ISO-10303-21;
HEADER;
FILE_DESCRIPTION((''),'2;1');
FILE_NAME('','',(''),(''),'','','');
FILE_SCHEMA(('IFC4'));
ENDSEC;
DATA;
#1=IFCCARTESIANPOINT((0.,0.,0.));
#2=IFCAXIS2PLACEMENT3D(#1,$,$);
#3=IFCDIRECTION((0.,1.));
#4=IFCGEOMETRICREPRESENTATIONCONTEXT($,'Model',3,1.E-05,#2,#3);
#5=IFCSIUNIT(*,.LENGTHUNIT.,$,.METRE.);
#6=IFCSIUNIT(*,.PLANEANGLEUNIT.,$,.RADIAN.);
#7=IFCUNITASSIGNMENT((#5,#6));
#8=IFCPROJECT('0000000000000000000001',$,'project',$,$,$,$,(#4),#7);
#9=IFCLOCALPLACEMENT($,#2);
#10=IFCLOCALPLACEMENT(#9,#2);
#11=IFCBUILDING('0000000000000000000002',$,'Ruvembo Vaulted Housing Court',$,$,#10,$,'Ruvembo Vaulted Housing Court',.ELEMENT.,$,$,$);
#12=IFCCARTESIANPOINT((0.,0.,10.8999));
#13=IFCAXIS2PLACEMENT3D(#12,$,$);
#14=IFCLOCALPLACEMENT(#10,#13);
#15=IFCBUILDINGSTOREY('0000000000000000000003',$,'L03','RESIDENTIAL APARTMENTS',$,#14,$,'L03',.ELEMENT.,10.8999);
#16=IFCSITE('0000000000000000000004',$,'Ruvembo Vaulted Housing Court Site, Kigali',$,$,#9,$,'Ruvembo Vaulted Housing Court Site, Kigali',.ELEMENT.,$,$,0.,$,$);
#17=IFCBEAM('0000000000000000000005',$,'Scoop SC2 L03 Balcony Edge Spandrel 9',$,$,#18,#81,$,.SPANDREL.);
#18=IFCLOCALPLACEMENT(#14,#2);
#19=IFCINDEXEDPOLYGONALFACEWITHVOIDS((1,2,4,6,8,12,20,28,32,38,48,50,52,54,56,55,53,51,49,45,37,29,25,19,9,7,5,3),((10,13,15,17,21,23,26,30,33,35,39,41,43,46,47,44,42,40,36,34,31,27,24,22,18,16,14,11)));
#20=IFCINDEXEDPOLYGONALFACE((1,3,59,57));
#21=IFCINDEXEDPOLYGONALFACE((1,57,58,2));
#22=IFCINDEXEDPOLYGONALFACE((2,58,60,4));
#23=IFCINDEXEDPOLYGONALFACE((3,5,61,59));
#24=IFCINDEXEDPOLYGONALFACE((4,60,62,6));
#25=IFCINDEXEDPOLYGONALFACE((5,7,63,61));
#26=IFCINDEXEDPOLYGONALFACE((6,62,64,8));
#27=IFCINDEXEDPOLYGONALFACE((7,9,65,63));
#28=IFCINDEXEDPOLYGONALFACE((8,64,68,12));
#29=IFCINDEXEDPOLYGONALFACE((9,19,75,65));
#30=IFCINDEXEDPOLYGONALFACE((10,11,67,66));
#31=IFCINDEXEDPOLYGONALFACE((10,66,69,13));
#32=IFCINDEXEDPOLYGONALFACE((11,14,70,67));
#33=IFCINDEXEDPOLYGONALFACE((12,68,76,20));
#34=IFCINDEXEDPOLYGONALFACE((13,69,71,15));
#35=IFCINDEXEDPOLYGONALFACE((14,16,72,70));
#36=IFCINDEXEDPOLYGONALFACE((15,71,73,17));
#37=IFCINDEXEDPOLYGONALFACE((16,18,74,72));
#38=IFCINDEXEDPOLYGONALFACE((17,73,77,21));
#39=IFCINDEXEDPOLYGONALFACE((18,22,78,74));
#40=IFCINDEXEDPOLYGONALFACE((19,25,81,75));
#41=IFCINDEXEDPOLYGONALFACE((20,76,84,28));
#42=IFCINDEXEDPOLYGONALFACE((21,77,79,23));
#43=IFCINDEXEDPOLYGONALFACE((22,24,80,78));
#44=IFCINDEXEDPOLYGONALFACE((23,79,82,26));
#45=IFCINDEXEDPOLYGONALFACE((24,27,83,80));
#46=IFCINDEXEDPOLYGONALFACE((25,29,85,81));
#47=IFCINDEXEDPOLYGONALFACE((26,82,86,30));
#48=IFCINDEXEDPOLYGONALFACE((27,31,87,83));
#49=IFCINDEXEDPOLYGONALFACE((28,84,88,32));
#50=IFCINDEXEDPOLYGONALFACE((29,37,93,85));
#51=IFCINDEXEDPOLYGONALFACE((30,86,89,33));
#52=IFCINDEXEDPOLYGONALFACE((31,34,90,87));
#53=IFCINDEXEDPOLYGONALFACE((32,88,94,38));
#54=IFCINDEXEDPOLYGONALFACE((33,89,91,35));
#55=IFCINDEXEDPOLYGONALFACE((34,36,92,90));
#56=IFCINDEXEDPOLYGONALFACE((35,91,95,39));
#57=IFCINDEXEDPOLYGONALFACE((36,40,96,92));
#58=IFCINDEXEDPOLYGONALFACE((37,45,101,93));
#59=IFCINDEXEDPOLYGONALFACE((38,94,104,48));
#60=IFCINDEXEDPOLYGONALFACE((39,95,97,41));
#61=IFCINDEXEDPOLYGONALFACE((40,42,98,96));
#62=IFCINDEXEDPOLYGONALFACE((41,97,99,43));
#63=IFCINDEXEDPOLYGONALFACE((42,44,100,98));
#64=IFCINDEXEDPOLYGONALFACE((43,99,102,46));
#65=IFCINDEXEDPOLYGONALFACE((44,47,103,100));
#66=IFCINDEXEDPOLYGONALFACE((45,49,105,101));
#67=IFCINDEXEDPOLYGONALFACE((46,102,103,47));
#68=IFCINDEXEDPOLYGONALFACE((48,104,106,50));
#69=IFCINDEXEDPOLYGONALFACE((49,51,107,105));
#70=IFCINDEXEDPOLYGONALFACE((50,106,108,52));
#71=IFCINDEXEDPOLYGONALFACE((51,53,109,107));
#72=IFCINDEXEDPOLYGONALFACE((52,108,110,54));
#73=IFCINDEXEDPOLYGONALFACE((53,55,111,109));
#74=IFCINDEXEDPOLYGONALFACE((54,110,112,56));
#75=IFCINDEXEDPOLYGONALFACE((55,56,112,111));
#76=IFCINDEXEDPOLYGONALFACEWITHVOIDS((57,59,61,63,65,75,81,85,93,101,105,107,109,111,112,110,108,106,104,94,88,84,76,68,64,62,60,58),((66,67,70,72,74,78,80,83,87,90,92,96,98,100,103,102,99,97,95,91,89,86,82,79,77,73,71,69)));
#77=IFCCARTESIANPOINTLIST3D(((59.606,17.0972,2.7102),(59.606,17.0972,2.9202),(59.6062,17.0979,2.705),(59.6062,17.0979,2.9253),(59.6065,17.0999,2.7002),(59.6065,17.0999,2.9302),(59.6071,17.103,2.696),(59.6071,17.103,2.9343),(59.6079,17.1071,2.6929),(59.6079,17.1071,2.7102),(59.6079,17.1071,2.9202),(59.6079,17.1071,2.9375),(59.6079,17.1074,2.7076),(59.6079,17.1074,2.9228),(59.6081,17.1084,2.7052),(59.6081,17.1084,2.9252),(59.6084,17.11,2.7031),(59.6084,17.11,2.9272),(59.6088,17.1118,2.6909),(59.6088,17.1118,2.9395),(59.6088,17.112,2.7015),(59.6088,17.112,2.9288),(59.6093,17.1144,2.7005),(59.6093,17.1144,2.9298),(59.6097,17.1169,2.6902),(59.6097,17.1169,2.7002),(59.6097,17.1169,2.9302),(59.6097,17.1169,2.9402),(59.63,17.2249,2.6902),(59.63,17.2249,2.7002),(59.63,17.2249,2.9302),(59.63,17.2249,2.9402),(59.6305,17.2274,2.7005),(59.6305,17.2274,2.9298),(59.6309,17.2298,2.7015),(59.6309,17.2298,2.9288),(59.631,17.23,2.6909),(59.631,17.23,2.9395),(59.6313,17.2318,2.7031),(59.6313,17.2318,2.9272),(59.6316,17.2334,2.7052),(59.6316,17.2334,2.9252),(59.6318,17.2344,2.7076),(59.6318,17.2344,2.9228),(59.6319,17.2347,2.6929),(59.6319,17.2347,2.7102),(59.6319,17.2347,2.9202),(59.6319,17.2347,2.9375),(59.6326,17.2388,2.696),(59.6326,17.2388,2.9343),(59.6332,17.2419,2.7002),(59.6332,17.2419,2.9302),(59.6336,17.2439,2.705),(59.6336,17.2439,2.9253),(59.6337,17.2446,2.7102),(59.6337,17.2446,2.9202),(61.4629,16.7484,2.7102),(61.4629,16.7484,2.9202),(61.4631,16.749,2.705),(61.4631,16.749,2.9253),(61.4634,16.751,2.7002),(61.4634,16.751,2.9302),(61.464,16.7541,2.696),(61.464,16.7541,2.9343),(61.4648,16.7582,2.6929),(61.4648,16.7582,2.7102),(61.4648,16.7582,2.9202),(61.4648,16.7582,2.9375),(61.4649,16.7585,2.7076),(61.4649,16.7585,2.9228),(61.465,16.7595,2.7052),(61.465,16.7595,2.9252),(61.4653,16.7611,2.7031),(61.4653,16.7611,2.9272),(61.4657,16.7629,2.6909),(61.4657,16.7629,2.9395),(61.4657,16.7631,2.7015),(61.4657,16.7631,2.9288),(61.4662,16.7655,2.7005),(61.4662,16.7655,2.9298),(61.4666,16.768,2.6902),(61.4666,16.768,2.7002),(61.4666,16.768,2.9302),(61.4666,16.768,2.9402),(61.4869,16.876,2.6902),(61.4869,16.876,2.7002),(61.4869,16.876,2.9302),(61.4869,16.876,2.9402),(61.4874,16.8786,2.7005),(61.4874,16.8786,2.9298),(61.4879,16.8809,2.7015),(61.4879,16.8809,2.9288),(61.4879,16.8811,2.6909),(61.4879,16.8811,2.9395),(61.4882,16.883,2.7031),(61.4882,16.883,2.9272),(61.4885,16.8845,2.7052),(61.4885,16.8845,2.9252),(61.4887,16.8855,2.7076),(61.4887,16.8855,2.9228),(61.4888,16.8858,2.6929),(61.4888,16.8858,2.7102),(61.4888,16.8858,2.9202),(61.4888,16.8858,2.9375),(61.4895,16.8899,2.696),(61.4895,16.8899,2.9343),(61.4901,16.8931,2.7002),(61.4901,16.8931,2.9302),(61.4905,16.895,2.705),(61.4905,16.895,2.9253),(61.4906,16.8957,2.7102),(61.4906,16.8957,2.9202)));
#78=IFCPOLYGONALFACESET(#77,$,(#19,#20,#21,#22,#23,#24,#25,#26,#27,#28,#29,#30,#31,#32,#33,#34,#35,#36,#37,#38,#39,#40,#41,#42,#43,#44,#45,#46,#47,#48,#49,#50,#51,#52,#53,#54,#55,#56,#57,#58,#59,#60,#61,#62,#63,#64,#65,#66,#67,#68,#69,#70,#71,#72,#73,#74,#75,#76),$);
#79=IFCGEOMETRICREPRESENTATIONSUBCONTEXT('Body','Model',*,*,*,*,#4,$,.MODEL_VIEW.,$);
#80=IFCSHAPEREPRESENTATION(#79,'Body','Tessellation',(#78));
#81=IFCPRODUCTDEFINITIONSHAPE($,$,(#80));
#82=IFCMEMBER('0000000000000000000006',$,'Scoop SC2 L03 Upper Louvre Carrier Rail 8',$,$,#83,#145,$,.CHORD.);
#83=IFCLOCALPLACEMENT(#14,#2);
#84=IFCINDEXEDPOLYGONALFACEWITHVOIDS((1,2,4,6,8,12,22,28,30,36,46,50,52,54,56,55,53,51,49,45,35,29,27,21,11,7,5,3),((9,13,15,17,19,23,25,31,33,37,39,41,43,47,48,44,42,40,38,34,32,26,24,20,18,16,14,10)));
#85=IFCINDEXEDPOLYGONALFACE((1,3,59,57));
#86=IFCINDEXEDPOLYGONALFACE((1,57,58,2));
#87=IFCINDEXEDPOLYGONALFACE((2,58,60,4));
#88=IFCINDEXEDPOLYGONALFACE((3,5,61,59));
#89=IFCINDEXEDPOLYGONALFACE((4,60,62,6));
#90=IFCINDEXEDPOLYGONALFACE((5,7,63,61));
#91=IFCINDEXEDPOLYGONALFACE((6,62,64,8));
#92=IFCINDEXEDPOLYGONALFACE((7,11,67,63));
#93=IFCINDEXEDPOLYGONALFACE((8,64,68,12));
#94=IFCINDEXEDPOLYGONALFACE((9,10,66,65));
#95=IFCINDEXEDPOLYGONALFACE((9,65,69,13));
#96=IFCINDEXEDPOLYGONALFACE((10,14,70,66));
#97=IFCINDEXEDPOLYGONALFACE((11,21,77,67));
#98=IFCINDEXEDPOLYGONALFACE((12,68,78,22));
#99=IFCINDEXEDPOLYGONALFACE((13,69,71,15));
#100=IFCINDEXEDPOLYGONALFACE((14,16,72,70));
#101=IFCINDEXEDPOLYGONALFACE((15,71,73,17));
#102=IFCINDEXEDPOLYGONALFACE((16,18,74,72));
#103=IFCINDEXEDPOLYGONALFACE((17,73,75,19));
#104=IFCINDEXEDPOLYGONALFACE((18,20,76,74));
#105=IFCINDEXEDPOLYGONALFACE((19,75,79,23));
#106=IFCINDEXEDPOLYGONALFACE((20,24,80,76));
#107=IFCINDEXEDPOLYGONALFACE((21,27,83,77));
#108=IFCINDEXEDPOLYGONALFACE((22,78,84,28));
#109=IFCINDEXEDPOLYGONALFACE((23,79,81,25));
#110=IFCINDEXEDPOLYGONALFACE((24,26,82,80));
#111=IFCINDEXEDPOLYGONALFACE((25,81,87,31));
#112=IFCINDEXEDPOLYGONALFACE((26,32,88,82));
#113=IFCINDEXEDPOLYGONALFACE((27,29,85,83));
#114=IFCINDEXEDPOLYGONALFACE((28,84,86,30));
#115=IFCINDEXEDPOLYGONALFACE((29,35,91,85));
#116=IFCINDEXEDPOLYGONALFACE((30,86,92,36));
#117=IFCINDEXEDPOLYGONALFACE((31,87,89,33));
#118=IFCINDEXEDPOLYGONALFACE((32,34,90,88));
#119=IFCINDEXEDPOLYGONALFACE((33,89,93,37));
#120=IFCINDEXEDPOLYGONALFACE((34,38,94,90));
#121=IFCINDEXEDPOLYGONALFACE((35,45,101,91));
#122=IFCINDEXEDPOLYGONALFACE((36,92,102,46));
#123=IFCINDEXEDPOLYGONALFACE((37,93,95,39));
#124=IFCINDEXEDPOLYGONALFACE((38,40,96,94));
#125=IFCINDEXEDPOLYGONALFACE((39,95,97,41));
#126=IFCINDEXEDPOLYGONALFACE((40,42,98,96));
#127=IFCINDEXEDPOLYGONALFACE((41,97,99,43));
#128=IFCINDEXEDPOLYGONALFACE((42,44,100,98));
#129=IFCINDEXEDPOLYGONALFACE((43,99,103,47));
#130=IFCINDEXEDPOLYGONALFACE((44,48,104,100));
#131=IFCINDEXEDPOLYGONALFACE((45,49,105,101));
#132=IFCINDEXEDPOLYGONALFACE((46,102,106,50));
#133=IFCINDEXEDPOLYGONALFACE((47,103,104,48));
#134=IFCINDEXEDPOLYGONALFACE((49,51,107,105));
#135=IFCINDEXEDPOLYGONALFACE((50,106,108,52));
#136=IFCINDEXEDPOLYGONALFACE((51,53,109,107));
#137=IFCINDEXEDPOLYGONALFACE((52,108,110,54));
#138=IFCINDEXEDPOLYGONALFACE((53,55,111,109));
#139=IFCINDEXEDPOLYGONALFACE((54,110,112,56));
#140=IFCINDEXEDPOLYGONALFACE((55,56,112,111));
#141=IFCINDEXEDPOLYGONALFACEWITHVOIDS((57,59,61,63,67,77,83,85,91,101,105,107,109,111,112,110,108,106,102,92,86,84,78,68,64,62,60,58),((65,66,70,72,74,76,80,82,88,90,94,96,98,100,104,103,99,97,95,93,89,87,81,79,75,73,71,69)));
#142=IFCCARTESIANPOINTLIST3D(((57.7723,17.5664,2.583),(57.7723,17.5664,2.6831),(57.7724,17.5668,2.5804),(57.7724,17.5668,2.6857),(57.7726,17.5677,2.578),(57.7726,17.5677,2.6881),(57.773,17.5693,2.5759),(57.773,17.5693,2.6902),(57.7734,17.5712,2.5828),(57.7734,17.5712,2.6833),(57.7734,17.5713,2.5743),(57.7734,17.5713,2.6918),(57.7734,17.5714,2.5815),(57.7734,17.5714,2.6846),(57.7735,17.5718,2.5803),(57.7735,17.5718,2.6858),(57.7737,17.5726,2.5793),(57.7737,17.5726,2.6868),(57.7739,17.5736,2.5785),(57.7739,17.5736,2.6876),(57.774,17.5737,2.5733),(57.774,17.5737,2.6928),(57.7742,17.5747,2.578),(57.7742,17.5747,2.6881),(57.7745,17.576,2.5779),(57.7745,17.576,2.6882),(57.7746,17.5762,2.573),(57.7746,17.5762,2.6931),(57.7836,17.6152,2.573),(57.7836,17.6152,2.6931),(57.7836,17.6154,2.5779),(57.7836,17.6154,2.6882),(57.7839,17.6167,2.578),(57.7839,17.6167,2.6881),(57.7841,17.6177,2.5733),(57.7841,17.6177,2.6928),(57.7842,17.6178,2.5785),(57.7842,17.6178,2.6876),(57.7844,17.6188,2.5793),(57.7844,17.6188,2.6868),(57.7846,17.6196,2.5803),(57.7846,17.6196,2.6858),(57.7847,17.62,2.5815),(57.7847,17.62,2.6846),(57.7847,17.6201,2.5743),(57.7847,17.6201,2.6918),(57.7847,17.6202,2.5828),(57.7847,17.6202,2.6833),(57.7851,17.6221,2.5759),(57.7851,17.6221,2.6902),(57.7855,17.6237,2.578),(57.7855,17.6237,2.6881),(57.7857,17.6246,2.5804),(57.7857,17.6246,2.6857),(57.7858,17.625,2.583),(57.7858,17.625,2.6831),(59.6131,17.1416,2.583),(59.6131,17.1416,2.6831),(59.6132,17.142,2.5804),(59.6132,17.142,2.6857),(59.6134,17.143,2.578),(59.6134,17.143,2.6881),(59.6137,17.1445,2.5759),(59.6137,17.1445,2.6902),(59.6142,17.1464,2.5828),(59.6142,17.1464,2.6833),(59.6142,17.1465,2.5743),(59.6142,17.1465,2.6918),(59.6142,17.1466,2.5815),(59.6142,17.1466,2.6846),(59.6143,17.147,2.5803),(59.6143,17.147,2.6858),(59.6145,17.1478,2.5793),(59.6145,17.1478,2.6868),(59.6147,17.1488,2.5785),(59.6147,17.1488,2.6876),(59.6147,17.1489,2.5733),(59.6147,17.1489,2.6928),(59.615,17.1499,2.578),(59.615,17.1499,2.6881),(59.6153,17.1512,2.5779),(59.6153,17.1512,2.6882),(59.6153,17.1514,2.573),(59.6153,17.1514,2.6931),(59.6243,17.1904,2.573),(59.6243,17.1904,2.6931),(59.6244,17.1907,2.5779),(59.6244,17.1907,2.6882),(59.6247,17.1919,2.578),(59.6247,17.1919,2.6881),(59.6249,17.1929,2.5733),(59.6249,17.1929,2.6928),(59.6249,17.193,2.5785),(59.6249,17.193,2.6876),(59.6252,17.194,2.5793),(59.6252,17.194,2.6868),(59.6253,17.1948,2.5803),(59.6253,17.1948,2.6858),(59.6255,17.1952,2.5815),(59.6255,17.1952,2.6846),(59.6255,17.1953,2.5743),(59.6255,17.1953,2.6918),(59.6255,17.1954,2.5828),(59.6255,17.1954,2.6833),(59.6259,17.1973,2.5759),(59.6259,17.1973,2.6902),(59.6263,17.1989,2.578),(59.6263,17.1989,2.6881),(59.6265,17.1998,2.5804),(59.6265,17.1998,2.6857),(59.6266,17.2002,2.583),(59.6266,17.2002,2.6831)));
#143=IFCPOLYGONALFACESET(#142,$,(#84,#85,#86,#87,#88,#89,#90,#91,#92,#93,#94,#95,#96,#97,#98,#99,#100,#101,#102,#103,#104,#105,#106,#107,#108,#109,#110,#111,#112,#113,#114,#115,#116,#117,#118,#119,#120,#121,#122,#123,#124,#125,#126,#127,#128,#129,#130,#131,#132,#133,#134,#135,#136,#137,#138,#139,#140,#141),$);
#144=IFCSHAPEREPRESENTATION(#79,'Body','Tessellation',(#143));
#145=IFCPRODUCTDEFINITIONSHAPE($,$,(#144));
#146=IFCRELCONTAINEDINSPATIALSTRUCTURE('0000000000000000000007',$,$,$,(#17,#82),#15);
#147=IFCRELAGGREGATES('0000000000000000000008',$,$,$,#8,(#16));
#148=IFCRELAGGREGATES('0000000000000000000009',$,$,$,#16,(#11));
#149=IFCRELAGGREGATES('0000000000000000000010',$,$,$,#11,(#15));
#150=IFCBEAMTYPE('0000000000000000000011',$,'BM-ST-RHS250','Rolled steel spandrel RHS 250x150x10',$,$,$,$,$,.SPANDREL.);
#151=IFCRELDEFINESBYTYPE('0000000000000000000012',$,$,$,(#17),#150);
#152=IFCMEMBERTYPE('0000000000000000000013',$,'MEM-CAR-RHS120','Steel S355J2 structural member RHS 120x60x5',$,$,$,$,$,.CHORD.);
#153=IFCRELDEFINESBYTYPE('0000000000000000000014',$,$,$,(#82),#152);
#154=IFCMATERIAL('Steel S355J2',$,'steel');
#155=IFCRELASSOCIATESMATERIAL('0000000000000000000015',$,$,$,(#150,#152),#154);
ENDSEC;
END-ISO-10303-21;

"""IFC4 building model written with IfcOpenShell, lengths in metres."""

from ifc_helpers import new_model, si_unit, direction, frame, origin, origin_2d, place, context, subcontext, project, spatial, hollow_rectangle, extrude, material, material_profile, profile_set, type_object, element, save


model = new_model("IFC4")

# Units and contexts
model_context = context("Model", 3, precision=1e-05, world=origin(), true_north=direction((0.0, 1.0)))
body_context = subcontext(model_context, "Body", "Model", "MODEL_VIEW")
ifc_project = project(units=[si_unit("LENGTHUNIT", "METRE"), si_unit("PLANEANGLEUNIT", "RADIAN")], contexts=[model_context])

# Site, building, storey
site_placement = place(None, origin())
site = spatial("IfcSite", under=ifc_project, at=site_placement, Name="Ruvembo Vaulted Housing Court Site, Kigali", LongName="Ruvembo Vaulted Housing Court Site, Kigali", CompositionType="ELEMENT", RefElevation=0.0)
building_placement = place(site_placement, origin())
building = spatial("IfcBuilding", under=site, at=building_placement, Name="Ruvembo Vaulted Housing Court", LongName="Ruvembo Vaulted Housing Court", CompositionType="ELEMENT")
storey_placement = place(building_placement, frame((0.0, 0.0, 10.8999)))
storey = spatial("IfcBuildingStorey", under=building, at=storey_placement, Name="L03", Description="RESIDENTIAL APARTMENTS", LongName="L03", CompositionType="ELEMENT", Elevation=10.8999)

# Beam
ifc_material_1 = material(Name="Steel S355J2", Category="steel")
ifc_material_profile_1 = material_profile(ifc_material_1, hollow_rectangle(XDim=0.1499, YDim=0.25, WallThickness=0.01, InnerFilletRadius=0.01, OuterFilletRadius=0.02, at=origin_2d()), Name="RHS 250x150x10")
ifc_profile_set_1 = profile_set([ifc_material_profile_1], Name="Steel S355J2")
beam_type_1 = type_object("IfcBeamType", Name="BM-ST-RHS250", Description="Rolled steel spandrel RHS 250x150x10", PredefinedType="SPANDREL", material=ifc_profile_set_1)
beam_1_placement = place(storey_placement, frame((59.6199, 17.1709, 2.8152), z_axis=(0.982805, -0.184647, 0.0), x_axis=(0.184647, 0.982805, 0.0)))
element("IfcBeam", 1, at=beam_1_placement, inside=storey, type_object=beam_type_1, Name="Scoop SC2 L03 Balcony Edge Spandrel 9", PredefinedType="SPANDREL", context=body_context, shape_type="SweptSolid", body=[
    extrude(hollow_rectangle(XDim=0.1499, YDim=0.25, WallThickness=0.01, InnerFilletRadius=0.01, OuterFilletRadius=0.02, at=origin_2d()), origin(), (0.0, 0.0, 1.0), 1.8894),
])

# Member
ifc_material_profile_2 = material_profile(ifc_material_1, hollow_rectangle(XDim=0.0601, YDim=0.1201, WallThickness=0.0049, InnerFilletRadius=0.0049, OuterFilletRadius=0.01, at=origin_2d()), Name="RHS 120x60x5")
ifc_profile_set_2 = profile_set([ifc_material_profile_2], Name="Steel S355J2")
member_type_1 = type_object("IfcMemberType", Name="MEM-CAR-RHS120", Description="Steel S355J2 structural member RHS 120x60x5", PredefinedType="CHORD", material=ifc_profile_set_2)
member_1_placement = place(storey_placement, frame((57.7791, 17.5957, 2.6331), z_axis=(0.974391, -0.22486, 0.0), x_axis=(0.22486, 0.974391, 0.0)))
element("IfcMember", 2, at=member_1_placement, inside=storey, type_object=member_type_1, Name="Scoop SC2 L03 Upper Louvre Carrier Rail 8", PredefinedType="CHORD", context=body_context, shape_type="SweptSolid", body=[
    extrude(hollow_rectangle(XDim=0.0601, YDim=0.1201, WallThickness=0.0049, InnerFilletRadius=0.0049, OuterFilletRadius=0.01, at=origin_2d()), origin(), (0.0, 0.0, 1.0), 1.8892),
])

save(model, "model.ifc")
